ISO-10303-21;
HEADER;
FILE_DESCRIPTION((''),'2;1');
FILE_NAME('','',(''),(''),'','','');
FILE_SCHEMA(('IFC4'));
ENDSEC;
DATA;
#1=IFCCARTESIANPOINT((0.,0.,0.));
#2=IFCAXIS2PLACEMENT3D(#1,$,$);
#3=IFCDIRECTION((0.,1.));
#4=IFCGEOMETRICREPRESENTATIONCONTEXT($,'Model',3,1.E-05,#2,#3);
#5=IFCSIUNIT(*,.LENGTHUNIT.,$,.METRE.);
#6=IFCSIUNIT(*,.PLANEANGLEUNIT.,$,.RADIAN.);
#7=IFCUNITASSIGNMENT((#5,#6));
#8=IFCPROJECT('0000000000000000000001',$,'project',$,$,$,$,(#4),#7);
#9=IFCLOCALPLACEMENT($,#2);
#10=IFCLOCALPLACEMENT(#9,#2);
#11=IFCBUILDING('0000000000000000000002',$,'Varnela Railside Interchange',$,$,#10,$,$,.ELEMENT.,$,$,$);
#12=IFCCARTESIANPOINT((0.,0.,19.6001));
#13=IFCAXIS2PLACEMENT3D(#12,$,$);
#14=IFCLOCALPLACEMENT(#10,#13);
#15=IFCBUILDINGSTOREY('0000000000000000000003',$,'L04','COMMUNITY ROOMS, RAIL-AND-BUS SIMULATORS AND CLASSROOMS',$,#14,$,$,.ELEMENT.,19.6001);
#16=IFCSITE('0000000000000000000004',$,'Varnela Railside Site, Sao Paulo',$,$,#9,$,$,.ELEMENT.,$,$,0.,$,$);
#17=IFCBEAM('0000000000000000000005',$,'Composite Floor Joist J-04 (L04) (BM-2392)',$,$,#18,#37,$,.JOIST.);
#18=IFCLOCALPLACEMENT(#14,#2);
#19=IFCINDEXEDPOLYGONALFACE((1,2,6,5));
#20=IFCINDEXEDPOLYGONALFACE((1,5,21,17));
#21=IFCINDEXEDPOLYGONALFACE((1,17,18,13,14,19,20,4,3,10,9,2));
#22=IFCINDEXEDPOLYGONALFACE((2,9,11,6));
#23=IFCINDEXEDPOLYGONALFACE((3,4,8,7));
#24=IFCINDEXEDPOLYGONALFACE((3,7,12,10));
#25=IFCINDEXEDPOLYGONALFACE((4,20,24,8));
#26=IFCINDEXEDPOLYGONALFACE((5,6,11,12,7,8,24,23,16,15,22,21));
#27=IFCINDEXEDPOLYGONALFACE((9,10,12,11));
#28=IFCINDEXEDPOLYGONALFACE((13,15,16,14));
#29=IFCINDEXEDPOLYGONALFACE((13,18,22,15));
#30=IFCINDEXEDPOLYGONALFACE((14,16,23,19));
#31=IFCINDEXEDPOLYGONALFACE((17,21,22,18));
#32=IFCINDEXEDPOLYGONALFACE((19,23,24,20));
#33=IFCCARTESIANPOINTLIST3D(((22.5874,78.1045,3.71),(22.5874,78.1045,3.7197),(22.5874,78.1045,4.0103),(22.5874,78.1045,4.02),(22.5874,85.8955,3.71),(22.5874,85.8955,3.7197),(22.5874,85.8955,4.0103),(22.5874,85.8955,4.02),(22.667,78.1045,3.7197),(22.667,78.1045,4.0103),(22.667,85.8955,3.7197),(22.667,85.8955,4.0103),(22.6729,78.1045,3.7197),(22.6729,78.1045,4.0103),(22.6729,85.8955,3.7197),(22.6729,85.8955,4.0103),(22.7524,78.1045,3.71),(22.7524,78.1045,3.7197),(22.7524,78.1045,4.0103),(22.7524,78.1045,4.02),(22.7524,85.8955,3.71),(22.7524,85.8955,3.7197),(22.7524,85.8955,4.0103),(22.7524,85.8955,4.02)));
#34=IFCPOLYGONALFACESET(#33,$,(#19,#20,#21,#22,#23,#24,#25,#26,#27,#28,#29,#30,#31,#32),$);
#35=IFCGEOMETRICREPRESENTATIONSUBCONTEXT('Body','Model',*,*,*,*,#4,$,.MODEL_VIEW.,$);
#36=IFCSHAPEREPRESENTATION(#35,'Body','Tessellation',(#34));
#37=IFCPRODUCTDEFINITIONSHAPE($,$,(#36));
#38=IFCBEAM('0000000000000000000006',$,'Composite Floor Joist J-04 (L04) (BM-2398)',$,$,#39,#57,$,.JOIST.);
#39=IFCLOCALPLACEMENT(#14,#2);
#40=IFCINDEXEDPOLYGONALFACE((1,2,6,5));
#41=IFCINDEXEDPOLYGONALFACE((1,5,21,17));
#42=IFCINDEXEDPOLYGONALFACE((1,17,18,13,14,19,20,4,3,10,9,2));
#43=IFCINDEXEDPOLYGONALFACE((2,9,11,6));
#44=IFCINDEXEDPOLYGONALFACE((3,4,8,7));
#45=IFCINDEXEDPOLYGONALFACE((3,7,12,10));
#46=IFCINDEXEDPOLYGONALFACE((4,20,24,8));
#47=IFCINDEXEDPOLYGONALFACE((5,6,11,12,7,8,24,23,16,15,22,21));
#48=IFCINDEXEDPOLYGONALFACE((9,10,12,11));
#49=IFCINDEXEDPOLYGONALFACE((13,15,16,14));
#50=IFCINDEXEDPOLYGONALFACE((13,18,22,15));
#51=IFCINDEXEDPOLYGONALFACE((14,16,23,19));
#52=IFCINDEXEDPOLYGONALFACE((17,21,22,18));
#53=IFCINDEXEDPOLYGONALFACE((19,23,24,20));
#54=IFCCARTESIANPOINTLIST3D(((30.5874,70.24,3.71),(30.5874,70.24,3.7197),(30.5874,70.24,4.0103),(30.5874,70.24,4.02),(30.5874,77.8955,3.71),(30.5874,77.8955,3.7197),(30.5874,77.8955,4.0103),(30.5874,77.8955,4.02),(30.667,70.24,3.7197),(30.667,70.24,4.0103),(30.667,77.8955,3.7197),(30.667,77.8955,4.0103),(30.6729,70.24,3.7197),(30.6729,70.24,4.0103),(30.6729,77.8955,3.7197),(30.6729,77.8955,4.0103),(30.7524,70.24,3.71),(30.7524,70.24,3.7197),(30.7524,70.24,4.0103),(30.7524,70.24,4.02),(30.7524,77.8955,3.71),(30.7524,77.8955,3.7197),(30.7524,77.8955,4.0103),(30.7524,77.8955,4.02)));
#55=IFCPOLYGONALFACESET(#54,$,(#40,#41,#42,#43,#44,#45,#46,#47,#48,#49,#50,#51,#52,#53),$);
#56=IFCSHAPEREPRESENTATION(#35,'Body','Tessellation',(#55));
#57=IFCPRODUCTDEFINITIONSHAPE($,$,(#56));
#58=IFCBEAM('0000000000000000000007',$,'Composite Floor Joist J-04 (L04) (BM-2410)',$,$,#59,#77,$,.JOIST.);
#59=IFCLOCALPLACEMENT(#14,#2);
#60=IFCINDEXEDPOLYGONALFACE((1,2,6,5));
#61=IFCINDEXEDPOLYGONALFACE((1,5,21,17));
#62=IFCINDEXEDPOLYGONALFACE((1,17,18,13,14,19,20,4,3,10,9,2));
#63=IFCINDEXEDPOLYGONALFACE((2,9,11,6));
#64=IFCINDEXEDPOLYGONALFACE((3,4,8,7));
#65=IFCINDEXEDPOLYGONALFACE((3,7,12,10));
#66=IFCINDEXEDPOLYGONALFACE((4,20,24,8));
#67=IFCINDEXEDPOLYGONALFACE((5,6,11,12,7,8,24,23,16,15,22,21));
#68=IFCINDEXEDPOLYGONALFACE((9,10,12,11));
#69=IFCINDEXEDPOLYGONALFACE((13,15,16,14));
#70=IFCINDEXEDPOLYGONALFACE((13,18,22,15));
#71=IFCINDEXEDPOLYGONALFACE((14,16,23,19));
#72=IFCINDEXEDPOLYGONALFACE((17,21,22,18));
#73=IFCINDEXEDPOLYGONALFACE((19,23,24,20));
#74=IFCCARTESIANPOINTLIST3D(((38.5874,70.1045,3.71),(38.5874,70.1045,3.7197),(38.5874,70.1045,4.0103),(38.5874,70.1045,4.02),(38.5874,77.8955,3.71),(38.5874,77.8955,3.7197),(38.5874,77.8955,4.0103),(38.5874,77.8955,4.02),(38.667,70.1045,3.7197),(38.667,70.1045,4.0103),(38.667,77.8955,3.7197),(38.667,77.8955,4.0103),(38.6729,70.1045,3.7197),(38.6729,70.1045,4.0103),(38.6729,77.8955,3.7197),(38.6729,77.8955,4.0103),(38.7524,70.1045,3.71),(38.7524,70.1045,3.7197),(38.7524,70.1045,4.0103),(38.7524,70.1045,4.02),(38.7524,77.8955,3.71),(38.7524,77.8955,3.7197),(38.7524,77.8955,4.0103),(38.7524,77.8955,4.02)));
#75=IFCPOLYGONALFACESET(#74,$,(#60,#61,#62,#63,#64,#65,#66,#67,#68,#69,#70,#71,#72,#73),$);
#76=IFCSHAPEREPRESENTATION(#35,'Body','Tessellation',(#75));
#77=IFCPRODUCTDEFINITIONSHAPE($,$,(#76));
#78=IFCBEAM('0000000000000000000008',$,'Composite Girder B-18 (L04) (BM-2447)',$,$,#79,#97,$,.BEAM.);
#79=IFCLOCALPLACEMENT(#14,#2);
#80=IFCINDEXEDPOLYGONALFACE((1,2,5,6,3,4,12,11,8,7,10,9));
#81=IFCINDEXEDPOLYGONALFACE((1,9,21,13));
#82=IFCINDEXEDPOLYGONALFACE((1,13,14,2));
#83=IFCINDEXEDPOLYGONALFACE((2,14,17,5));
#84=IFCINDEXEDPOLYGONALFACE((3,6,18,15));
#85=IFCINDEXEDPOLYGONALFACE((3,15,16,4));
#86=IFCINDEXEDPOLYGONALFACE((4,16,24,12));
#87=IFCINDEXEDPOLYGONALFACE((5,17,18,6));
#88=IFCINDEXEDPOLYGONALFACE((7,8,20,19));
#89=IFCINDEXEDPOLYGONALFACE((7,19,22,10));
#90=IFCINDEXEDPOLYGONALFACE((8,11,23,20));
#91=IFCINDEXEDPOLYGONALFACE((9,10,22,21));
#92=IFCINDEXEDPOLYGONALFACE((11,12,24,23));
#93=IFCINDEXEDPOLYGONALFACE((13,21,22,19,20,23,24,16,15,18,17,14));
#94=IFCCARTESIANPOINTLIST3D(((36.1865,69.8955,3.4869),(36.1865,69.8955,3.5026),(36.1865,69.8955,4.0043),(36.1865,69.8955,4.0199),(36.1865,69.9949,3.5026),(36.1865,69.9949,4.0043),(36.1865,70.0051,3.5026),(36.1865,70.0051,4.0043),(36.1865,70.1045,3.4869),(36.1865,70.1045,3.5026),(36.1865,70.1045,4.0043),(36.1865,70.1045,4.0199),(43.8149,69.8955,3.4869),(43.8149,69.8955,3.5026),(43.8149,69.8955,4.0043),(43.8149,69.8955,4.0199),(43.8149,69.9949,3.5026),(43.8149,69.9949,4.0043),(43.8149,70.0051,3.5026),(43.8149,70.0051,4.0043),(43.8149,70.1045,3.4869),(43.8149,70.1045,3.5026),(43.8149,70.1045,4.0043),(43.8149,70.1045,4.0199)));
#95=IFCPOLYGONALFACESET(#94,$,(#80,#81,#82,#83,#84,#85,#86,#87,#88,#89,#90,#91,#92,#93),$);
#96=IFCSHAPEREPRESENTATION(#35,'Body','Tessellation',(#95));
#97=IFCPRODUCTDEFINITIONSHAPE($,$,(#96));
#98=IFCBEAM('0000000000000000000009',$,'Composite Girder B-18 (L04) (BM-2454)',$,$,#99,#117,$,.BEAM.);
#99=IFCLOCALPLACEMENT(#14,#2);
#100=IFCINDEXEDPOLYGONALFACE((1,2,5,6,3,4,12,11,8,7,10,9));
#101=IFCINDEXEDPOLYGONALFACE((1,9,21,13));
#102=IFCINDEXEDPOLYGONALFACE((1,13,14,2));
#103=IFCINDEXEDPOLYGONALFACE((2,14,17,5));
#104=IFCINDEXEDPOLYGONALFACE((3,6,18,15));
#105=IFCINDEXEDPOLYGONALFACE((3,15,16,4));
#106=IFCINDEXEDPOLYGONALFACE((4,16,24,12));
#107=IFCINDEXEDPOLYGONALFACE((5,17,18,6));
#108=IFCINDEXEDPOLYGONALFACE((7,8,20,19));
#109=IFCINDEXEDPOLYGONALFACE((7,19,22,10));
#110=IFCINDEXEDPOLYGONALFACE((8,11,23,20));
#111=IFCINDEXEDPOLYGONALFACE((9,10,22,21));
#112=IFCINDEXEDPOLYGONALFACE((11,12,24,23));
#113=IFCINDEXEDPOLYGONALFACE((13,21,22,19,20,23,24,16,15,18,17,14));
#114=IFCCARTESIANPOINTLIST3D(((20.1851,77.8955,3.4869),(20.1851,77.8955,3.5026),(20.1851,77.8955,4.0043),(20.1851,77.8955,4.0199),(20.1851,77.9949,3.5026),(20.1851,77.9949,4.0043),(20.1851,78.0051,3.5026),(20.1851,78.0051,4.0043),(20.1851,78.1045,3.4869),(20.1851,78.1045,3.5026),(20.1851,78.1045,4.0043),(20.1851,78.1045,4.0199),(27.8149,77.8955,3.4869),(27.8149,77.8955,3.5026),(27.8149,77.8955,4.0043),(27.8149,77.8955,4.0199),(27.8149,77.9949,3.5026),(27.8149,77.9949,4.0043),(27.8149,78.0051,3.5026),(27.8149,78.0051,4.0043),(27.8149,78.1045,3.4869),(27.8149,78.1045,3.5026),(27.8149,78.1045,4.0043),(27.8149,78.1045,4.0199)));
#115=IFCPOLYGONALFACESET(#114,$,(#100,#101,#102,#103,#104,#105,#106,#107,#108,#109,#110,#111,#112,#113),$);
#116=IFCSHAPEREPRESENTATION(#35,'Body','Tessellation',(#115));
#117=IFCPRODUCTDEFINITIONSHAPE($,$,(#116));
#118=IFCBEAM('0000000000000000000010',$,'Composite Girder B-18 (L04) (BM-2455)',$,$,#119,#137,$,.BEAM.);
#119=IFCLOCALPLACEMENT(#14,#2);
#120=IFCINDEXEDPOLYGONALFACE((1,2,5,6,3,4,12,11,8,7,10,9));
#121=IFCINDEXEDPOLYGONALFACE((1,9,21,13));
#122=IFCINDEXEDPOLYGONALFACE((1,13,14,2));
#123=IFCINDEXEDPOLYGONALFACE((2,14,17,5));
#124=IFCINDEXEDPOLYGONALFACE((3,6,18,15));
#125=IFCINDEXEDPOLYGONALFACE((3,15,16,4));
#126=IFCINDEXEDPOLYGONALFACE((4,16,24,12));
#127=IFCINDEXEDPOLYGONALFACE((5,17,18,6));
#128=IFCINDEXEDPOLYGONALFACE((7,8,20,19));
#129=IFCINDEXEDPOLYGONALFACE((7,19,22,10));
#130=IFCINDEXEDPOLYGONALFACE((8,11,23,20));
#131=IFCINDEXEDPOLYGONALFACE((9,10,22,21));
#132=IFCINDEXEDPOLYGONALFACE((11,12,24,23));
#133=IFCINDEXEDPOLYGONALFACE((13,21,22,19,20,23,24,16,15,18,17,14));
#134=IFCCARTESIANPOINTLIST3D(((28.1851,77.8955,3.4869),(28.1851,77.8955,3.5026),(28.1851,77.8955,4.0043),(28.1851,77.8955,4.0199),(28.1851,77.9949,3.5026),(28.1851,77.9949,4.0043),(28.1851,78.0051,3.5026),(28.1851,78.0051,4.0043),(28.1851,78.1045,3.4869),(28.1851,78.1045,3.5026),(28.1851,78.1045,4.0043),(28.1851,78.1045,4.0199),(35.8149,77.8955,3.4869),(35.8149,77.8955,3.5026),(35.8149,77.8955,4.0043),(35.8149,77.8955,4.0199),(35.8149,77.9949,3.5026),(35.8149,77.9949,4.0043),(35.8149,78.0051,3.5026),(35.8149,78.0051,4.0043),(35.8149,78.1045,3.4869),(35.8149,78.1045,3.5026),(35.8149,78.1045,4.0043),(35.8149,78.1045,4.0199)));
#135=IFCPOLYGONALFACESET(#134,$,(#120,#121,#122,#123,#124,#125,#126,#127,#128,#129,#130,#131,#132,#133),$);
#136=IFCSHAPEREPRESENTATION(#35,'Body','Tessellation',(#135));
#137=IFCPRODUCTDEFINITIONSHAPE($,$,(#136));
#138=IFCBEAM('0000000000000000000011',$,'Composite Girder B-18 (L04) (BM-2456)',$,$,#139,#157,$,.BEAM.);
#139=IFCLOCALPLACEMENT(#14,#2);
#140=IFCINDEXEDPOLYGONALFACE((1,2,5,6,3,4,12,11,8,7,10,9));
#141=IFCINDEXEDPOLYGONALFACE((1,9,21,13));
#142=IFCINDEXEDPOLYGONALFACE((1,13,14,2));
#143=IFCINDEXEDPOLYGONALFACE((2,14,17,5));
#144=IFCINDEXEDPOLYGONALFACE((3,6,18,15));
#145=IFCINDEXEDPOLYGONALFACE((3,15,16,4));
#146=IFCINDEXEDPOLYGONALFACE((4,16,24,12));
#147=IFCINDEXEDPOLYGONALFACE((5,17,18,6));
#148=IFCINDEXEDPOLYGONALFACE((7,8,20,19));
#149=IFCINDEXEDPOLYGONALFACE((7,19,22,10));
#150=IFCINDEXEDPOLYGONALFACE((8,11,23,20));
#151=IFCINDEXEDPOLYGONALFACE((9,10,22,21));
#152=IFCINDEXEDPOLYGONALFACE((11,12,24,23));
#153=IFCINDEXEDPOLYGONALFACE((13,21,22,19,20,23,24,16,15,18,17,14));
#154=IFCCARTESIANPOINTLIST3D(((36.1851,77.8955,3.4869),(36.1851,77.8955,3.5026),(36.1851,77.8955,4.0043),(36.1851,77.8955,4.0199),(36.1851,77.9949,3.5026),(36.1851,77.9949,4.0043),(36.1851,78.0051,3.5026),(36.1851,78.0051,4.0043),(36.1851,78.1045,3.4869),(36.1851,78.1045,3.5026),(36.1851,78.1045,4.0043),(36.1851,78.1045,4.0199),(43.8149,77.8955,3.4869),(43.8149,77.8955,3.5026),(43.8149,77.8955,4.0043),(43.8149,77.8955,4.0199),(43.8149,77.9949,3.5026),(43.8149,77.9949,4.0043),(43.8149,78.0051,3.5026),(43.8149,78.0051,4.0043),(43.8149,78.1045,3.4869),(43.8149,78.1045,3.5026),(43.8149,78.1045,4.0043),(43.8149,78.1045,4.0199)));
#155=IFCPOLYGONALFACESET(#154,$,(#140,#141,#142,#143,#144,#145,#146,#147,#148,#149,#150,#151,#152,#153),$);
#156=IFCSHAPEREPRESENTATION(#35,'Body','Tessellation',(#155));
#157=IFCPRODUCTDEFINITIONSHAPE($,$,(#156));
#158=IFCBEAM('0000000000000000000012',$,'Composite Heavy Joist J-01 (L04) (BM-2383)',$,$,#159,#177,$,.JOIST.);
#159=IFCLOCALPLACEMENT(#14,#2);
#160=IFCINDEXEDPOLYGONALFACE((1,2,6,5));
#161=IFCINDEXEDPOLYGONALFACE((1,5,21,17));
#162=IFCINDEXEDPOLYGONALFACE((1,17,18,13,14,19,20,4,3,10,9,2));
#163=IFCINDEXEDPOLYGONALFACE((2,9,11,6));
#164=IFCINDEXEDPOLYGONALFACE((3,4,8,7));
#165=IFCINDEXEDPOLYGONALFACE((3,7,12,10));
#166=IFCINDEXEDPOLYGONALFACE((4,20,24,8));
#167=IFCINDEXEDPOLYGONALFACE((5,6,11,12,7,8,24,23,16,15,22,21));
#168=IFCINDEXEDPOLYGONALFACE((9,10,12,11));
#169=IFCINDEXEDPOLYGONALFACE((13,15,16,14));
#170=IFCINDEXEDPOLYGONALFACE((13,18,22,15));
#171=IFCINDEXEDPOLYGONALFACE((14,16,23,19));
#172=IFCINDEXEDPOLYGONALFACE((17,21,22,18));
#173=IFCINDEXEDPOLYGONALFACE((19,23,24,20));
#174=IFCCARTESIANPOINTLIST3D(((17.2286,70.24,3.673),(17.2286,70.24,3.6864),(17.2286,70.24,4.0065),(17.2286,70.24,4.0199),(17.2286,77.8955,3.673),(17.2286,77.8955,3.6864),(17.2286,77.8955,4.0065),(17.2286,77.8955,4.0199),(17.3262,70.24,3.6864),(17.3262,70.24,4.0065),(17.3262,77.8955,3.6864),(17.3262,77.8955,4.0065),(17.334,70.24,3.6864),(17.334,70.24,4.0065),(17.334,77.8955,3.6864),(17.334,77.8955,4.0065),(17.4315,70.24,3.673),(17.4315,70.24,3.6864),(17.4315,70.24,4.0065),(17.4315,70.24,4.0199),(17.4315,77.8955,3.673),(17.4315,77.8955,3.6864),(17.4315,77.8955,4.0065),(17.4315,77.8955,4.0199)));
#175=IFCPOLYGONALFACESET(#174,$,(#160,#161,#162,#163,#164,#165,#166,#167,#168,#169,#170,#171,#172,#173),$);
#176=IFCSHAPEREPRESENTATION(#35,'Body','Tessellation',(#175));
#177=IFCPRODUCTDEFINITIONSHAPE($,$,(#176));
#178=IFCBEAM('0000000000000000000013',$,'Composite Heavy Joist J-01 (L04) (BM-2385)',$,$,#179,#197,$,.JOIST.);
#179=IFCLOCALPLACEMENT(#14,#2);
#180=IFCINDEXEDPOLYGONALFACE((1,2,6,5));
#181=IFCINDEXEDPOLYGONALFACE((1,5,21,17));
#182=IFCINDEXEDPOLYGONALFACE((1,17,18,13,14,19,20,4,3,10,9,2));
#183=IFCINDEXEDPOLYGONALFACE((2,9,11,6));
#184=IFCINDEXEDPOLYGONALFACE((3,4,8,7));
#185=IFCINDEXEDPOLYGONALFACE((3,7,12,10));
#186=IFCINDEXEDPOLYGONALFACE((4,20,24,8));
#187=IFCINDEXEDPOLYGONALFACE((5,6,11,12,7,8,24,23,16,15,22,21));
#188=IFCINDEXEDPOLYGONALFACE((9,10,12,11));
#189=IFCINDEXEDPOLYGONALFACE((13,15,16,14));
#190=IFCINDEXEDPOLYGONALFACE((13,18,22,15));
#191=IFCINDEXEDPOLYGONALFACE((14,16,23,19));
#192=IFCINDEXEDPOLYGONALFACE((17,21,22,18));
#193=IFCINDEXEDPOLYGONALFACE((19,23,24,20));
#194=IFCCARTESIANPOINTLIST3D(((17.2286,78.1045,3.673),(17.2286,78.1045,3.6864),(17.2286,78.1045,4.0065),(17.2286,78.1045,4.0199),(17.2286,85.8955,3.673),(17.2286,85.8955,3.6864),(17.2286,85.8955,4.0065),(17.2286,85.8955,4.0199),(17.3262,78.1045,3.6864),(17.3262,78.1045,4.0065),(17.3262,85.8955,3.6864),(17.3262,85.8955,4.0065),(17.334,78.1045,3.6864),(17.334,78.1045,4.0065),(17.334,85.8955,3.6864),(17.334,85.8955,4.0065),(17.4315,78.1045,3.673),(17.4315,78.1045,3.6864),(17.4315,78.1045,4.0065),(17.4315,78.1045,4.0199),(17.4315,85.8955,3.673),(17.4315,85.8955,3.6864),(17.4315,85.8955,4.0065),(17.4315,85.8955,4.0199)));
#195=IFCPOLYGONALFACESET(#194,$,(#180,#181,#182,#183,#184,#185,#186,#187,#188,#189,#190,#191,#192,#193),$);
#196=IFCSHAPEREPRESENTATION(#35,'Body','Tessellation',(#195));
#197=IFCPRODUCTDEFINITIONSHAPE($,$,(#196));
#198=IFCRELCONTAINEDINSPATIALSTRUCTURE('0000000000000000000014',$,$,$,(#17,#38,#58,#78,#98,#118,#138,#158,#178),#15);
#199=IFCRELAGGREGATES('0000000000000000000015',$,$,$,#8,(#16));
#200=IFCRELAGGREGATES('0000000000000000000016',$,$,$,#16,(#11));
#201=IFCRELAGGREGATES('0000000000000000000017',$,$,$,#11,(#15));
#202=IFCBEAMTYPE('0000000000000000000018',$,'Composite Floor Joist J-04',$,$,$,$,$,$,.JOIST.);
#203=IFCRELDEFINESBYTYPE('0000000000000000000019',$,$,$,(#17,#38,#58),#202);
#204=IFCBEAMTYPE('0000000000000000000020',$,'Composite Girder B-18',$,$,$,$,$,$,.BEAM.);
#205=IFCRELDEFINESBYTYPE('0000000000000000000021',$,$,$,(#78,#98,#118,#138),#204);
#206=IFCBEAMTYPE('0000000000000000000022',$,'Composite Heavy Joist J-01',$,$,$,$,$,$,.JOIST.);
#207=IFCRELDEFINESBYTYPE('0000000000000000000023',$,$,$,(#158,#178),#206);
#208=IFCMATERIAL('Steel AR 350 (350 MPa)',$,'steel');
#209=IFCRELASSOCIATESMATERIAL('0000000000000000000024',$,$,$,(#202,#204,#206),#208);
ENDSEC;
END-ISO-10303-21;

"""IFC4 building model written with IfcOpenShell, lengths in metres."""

from ifc_helpers import new_model, si_unit, direction, frame, origin, origin_2d, place, context, subcontext, project, spatial, i_section, extrude, material, material_profile, profile_set, type_object, element, save


model = new_model("IFC4")

# Units and contexts
model_context = context("Model", 3, precision=1e-05, world=origin(), true_north=direction((0.0, 1.0)))
body_context = subcontext(model_context, "Body", "Model", "MODEL_VIEW")
ifc_project = project(units=[si_unit("LENGTHUNIT", "METRE"), si_unit("PLANEANGLEUNIT", "RADIAN")], contexts=[model_context])

# Site, building, storey
site_placement = place(None, origin())
site = spatial("IfcSite", under=ifc_project, at=site_placement, Name="Varnela Railside Site, Sao Paulo", CompositionType="ELEMENT", RefElevation=0.0)
building_placement = place(site_placement, origin())
building = spatial("IfcBuilding", under=site, at=building_placement, Name="Varnela Railside Interchange", CompositionType="ELEMENT")
storey_placement = place(building_placement, frame((0.0, 0.0, 19.6001)))
storey = spatial("IfcBuildingStorey", under=building, at=storey_placement, Name="L04", Description="COMMUNITY ROOMS, RAIL-AND-BUS SIMULATORS AND CLASSROOMS", CompositionType="ELEMENT", Elevation=19.6001)

# Shared definitions
ifc_material_1 = material(Name="Steel AR 350 (350 MPa)", Category="steel")

# Beams
ifc_material_profile_1 = material_profile(ifc_material_1, i_section(OverallWidth=0.165, OverallDepth=0.3101, WebThickness=0.0059, FlangeThickness=0.0098, at=origin_2d()), Name="W310x38.7")
ifc_profile_set_1 = profile_set([ifc_material_profile_1], Name="Steel AR 350 (350 MPa)")
beam_type_1 = type_object("IfcBeamType", Name="Composite Floor Joist J-04", PredefinedType="JOIST", material=ifc_profile_set_1)
beam_1_placement = place(storey_placement, frame((22.6699, 78.1045, 3.865), z_axis=(0.0, 1.0, 0.0), x_axis=(-1.0, 0.0, 0.0)))
element("IfcBeam", 1, at=beam_1_placement, inside=storey, type_object=beam_type_1, Name="Composite Floor Joist J-04 (L04) (BM-2392)", PredefinedType="JOIST", context=body_context, shape_type="SweptSolid", body=[
    extrude(i_section(OverallWidth=0.165, OverallDepth=0.3101, WebThickness=0.0059, FlangeThickness=0.0098, at=origin_2d()), origin(), (0.0, 0.0, 1.0), 7.791),
])
beam_2_placement = place(storey_placement, frame((30.6699, 70.24, 3.865), z_axis=(0.0, 1.0, 0.0), x_axis=(-1.0, 0.0, 0.0)))
element("IfcBeam", 2, at=beam_2_placement, inside=storey, type_object=beam_type_1, Name="Composite Floor Joist J-04 (L04) (BM-2398)", PredefinedType="JOIST", context=body_context, shape_type="SweptSolid", body=[
    extrude(i_section(OverallWidth=0.165, OverallDepth=0.3101, WebThickness=0.0059, FlangeThickness=0.0098, at=origin_2d()), origin(), (0.0, 0.0, 1.0), 7.6555),
])
beam_3_placement = place(storey_placement, frame((38.6699, 70.1045, 3.865), z_axis=(0.0, 1.0, 0.0), x_axis=(-1.0, 0.0, 0.0)))
element("IfcBeam", 3, at=beam_3_placement, inside=storey, type_object=beam_type_1, Name="Composite Floor Joist J-04 (L04) (BM-2410)", PredefinedType="JOIST", context=body_context, shape_type="SweptSolid", body=[
    extrude(i_section(OverallWidth=0.165, OverallDepth=0.3101, WebThickness=0.0059, FlangeThickness=0.0098, at=origin_2d()), origin(), (0.0, 0.0, 1.0), 7.791),
])
ifc_material_profile_2 = material_profile(ifc_material_1, i_section(OverallWidth=0.209, OverallDepth=0.533, WebThickness=0.0103, FlangeThickness=0.0156, at=origin_2d()), Name="W530x92")
ifc_profile_set_2 = profile_set([ifc_material_profile_2], Name="Steel AR 350 (350 MPa)")
beam_type_2 = type_object("IfcBeamType", Name="Composite Girder B-18", PredefinedType="BEAM", material=ifc_profile_set_2)
beam_4_placement = place(storey_placement, frame((36.1865, 70.0, 3.7534), z_axis=(1.0, 0.0, 0.0), x_axis=(0.0, 1.0, 0.0)))
element("IfcBeam", 4, at=beam_4_placement, inside=storey, type_object=beam_type_2, Name="Composite Girder B-18 (L04) (BM-2447)", PredefinedType="BEAM", context=body_context, shape_type="SweptSolid", body=[
    extrude(i_section(OverallWidth=0.209, OverallDepth=0.533, WebThickness=0.0103, FlangeThickness=0.0156, at=origin_2d()), origin(), (0.0, 0.0, 1.0), 7.6284),
])
for number, where, z_axis, x_axis, name in (
    (5, (20.1851, 78.0, 3.7534), (1.0, 0.0, 0.0), (0.0, 1.0, 0.0), "Composite Girder B-18 (L04) (BM-2454)"),
    (6, (28.1851, 78.0, 3.7534), (1.0, 0.0, 0.0), (0.0, 1.0, 0.0), "Composite Girder B-18 (L04) (BM-2455)"),
    (7, (36.1851, 78.0, 3.7534), (1.0, 0.0, 0.0), (0.0, 1.0, 0.0), "Composite Girder B-18 (L04) (BM-2456)"),
):
    element("IfcBeam", number, at=place(storey_placement, frame(where, z_axis=z_axis, x_axis=x_axis)), inside=storey, type_object=beam_type_2, Name=name, PredefinedType="BEAM", context=body_context, shape_type="SweptSolid", body=[
        extrude(i_section(OverallWidth=0.209, OverallDepth=0.533, WebThickness=0.0103, FlangeThickness=0.0156, at=origin_2d()), origin(), (0.0, 0.0, 1.0), 7.6299),
    ])
ifc_material_profile_3 = material_profile(ifc_material_1, i_section(OverallWidth=0.2029, OverallDepth=0.3469, WebThickness=0.0078, FlangeThickness=0.0134, at=origin_2d()), Name="W360x64")
ifc_profile_set_3 = profile_set([ifc_material_profile_3], Name="Steel AR 350 (350 MPa)")
beam_type_3 = type_object("IfcBeamType", Name="Composite Heavy Joist J-01", PredefinedType="JOIST", material=ifc_profile_set_3)
beam_5_placement = place(storey_placement, frame((17.3301, 70.24, 3.8464), z_axis=(0.0, 1.0, 0.0), x_axis=(-1.0, 0.0, 0.0)))
element("IfcBeam", 8, at=beam_5_placement, inside=storey, type_object=beam_type_3, Name="Composite Heavy Joist J-01 (L04) (BM-2383)", PredefinedType="JOIST", context=body_context, shape_type="SweptSolid", body=[
    extrude(i_section(OverallWidth=0.2029, OverallDepth=0.3469, WebThickness=0.0078, FlangeThickness=0.0134, at=origin_2d()), origin(), (0.0, 0.0, 1.0), 7.6555),
])
beam_6_placement = place(storey_placement, frame((17.3301, 78.1045, 3.8464), z_axis=(0.0, 1.0, 0.0), x_axis=(-1.0, 0.0, 0.0)))
element("IfcBeam", 9, at=beam_6_placement, inside=storey, type_object=beam_type_3, Name="Composite Heavy Joist J-01 (L04) (BM-2385)", PredefinedType="JOIST", context=body_context, shape_type="SweptSolid", body=[
    extrude(i_section(OverallWidth=0.2029, OverallDepth=0.3469, WebThickness=0.0078, FlangeThickness=0.0134, at=origin_2d()), origin(), (0.0, 0.0, 1.0), 7.791),
])

save(model, "model.ifc")
